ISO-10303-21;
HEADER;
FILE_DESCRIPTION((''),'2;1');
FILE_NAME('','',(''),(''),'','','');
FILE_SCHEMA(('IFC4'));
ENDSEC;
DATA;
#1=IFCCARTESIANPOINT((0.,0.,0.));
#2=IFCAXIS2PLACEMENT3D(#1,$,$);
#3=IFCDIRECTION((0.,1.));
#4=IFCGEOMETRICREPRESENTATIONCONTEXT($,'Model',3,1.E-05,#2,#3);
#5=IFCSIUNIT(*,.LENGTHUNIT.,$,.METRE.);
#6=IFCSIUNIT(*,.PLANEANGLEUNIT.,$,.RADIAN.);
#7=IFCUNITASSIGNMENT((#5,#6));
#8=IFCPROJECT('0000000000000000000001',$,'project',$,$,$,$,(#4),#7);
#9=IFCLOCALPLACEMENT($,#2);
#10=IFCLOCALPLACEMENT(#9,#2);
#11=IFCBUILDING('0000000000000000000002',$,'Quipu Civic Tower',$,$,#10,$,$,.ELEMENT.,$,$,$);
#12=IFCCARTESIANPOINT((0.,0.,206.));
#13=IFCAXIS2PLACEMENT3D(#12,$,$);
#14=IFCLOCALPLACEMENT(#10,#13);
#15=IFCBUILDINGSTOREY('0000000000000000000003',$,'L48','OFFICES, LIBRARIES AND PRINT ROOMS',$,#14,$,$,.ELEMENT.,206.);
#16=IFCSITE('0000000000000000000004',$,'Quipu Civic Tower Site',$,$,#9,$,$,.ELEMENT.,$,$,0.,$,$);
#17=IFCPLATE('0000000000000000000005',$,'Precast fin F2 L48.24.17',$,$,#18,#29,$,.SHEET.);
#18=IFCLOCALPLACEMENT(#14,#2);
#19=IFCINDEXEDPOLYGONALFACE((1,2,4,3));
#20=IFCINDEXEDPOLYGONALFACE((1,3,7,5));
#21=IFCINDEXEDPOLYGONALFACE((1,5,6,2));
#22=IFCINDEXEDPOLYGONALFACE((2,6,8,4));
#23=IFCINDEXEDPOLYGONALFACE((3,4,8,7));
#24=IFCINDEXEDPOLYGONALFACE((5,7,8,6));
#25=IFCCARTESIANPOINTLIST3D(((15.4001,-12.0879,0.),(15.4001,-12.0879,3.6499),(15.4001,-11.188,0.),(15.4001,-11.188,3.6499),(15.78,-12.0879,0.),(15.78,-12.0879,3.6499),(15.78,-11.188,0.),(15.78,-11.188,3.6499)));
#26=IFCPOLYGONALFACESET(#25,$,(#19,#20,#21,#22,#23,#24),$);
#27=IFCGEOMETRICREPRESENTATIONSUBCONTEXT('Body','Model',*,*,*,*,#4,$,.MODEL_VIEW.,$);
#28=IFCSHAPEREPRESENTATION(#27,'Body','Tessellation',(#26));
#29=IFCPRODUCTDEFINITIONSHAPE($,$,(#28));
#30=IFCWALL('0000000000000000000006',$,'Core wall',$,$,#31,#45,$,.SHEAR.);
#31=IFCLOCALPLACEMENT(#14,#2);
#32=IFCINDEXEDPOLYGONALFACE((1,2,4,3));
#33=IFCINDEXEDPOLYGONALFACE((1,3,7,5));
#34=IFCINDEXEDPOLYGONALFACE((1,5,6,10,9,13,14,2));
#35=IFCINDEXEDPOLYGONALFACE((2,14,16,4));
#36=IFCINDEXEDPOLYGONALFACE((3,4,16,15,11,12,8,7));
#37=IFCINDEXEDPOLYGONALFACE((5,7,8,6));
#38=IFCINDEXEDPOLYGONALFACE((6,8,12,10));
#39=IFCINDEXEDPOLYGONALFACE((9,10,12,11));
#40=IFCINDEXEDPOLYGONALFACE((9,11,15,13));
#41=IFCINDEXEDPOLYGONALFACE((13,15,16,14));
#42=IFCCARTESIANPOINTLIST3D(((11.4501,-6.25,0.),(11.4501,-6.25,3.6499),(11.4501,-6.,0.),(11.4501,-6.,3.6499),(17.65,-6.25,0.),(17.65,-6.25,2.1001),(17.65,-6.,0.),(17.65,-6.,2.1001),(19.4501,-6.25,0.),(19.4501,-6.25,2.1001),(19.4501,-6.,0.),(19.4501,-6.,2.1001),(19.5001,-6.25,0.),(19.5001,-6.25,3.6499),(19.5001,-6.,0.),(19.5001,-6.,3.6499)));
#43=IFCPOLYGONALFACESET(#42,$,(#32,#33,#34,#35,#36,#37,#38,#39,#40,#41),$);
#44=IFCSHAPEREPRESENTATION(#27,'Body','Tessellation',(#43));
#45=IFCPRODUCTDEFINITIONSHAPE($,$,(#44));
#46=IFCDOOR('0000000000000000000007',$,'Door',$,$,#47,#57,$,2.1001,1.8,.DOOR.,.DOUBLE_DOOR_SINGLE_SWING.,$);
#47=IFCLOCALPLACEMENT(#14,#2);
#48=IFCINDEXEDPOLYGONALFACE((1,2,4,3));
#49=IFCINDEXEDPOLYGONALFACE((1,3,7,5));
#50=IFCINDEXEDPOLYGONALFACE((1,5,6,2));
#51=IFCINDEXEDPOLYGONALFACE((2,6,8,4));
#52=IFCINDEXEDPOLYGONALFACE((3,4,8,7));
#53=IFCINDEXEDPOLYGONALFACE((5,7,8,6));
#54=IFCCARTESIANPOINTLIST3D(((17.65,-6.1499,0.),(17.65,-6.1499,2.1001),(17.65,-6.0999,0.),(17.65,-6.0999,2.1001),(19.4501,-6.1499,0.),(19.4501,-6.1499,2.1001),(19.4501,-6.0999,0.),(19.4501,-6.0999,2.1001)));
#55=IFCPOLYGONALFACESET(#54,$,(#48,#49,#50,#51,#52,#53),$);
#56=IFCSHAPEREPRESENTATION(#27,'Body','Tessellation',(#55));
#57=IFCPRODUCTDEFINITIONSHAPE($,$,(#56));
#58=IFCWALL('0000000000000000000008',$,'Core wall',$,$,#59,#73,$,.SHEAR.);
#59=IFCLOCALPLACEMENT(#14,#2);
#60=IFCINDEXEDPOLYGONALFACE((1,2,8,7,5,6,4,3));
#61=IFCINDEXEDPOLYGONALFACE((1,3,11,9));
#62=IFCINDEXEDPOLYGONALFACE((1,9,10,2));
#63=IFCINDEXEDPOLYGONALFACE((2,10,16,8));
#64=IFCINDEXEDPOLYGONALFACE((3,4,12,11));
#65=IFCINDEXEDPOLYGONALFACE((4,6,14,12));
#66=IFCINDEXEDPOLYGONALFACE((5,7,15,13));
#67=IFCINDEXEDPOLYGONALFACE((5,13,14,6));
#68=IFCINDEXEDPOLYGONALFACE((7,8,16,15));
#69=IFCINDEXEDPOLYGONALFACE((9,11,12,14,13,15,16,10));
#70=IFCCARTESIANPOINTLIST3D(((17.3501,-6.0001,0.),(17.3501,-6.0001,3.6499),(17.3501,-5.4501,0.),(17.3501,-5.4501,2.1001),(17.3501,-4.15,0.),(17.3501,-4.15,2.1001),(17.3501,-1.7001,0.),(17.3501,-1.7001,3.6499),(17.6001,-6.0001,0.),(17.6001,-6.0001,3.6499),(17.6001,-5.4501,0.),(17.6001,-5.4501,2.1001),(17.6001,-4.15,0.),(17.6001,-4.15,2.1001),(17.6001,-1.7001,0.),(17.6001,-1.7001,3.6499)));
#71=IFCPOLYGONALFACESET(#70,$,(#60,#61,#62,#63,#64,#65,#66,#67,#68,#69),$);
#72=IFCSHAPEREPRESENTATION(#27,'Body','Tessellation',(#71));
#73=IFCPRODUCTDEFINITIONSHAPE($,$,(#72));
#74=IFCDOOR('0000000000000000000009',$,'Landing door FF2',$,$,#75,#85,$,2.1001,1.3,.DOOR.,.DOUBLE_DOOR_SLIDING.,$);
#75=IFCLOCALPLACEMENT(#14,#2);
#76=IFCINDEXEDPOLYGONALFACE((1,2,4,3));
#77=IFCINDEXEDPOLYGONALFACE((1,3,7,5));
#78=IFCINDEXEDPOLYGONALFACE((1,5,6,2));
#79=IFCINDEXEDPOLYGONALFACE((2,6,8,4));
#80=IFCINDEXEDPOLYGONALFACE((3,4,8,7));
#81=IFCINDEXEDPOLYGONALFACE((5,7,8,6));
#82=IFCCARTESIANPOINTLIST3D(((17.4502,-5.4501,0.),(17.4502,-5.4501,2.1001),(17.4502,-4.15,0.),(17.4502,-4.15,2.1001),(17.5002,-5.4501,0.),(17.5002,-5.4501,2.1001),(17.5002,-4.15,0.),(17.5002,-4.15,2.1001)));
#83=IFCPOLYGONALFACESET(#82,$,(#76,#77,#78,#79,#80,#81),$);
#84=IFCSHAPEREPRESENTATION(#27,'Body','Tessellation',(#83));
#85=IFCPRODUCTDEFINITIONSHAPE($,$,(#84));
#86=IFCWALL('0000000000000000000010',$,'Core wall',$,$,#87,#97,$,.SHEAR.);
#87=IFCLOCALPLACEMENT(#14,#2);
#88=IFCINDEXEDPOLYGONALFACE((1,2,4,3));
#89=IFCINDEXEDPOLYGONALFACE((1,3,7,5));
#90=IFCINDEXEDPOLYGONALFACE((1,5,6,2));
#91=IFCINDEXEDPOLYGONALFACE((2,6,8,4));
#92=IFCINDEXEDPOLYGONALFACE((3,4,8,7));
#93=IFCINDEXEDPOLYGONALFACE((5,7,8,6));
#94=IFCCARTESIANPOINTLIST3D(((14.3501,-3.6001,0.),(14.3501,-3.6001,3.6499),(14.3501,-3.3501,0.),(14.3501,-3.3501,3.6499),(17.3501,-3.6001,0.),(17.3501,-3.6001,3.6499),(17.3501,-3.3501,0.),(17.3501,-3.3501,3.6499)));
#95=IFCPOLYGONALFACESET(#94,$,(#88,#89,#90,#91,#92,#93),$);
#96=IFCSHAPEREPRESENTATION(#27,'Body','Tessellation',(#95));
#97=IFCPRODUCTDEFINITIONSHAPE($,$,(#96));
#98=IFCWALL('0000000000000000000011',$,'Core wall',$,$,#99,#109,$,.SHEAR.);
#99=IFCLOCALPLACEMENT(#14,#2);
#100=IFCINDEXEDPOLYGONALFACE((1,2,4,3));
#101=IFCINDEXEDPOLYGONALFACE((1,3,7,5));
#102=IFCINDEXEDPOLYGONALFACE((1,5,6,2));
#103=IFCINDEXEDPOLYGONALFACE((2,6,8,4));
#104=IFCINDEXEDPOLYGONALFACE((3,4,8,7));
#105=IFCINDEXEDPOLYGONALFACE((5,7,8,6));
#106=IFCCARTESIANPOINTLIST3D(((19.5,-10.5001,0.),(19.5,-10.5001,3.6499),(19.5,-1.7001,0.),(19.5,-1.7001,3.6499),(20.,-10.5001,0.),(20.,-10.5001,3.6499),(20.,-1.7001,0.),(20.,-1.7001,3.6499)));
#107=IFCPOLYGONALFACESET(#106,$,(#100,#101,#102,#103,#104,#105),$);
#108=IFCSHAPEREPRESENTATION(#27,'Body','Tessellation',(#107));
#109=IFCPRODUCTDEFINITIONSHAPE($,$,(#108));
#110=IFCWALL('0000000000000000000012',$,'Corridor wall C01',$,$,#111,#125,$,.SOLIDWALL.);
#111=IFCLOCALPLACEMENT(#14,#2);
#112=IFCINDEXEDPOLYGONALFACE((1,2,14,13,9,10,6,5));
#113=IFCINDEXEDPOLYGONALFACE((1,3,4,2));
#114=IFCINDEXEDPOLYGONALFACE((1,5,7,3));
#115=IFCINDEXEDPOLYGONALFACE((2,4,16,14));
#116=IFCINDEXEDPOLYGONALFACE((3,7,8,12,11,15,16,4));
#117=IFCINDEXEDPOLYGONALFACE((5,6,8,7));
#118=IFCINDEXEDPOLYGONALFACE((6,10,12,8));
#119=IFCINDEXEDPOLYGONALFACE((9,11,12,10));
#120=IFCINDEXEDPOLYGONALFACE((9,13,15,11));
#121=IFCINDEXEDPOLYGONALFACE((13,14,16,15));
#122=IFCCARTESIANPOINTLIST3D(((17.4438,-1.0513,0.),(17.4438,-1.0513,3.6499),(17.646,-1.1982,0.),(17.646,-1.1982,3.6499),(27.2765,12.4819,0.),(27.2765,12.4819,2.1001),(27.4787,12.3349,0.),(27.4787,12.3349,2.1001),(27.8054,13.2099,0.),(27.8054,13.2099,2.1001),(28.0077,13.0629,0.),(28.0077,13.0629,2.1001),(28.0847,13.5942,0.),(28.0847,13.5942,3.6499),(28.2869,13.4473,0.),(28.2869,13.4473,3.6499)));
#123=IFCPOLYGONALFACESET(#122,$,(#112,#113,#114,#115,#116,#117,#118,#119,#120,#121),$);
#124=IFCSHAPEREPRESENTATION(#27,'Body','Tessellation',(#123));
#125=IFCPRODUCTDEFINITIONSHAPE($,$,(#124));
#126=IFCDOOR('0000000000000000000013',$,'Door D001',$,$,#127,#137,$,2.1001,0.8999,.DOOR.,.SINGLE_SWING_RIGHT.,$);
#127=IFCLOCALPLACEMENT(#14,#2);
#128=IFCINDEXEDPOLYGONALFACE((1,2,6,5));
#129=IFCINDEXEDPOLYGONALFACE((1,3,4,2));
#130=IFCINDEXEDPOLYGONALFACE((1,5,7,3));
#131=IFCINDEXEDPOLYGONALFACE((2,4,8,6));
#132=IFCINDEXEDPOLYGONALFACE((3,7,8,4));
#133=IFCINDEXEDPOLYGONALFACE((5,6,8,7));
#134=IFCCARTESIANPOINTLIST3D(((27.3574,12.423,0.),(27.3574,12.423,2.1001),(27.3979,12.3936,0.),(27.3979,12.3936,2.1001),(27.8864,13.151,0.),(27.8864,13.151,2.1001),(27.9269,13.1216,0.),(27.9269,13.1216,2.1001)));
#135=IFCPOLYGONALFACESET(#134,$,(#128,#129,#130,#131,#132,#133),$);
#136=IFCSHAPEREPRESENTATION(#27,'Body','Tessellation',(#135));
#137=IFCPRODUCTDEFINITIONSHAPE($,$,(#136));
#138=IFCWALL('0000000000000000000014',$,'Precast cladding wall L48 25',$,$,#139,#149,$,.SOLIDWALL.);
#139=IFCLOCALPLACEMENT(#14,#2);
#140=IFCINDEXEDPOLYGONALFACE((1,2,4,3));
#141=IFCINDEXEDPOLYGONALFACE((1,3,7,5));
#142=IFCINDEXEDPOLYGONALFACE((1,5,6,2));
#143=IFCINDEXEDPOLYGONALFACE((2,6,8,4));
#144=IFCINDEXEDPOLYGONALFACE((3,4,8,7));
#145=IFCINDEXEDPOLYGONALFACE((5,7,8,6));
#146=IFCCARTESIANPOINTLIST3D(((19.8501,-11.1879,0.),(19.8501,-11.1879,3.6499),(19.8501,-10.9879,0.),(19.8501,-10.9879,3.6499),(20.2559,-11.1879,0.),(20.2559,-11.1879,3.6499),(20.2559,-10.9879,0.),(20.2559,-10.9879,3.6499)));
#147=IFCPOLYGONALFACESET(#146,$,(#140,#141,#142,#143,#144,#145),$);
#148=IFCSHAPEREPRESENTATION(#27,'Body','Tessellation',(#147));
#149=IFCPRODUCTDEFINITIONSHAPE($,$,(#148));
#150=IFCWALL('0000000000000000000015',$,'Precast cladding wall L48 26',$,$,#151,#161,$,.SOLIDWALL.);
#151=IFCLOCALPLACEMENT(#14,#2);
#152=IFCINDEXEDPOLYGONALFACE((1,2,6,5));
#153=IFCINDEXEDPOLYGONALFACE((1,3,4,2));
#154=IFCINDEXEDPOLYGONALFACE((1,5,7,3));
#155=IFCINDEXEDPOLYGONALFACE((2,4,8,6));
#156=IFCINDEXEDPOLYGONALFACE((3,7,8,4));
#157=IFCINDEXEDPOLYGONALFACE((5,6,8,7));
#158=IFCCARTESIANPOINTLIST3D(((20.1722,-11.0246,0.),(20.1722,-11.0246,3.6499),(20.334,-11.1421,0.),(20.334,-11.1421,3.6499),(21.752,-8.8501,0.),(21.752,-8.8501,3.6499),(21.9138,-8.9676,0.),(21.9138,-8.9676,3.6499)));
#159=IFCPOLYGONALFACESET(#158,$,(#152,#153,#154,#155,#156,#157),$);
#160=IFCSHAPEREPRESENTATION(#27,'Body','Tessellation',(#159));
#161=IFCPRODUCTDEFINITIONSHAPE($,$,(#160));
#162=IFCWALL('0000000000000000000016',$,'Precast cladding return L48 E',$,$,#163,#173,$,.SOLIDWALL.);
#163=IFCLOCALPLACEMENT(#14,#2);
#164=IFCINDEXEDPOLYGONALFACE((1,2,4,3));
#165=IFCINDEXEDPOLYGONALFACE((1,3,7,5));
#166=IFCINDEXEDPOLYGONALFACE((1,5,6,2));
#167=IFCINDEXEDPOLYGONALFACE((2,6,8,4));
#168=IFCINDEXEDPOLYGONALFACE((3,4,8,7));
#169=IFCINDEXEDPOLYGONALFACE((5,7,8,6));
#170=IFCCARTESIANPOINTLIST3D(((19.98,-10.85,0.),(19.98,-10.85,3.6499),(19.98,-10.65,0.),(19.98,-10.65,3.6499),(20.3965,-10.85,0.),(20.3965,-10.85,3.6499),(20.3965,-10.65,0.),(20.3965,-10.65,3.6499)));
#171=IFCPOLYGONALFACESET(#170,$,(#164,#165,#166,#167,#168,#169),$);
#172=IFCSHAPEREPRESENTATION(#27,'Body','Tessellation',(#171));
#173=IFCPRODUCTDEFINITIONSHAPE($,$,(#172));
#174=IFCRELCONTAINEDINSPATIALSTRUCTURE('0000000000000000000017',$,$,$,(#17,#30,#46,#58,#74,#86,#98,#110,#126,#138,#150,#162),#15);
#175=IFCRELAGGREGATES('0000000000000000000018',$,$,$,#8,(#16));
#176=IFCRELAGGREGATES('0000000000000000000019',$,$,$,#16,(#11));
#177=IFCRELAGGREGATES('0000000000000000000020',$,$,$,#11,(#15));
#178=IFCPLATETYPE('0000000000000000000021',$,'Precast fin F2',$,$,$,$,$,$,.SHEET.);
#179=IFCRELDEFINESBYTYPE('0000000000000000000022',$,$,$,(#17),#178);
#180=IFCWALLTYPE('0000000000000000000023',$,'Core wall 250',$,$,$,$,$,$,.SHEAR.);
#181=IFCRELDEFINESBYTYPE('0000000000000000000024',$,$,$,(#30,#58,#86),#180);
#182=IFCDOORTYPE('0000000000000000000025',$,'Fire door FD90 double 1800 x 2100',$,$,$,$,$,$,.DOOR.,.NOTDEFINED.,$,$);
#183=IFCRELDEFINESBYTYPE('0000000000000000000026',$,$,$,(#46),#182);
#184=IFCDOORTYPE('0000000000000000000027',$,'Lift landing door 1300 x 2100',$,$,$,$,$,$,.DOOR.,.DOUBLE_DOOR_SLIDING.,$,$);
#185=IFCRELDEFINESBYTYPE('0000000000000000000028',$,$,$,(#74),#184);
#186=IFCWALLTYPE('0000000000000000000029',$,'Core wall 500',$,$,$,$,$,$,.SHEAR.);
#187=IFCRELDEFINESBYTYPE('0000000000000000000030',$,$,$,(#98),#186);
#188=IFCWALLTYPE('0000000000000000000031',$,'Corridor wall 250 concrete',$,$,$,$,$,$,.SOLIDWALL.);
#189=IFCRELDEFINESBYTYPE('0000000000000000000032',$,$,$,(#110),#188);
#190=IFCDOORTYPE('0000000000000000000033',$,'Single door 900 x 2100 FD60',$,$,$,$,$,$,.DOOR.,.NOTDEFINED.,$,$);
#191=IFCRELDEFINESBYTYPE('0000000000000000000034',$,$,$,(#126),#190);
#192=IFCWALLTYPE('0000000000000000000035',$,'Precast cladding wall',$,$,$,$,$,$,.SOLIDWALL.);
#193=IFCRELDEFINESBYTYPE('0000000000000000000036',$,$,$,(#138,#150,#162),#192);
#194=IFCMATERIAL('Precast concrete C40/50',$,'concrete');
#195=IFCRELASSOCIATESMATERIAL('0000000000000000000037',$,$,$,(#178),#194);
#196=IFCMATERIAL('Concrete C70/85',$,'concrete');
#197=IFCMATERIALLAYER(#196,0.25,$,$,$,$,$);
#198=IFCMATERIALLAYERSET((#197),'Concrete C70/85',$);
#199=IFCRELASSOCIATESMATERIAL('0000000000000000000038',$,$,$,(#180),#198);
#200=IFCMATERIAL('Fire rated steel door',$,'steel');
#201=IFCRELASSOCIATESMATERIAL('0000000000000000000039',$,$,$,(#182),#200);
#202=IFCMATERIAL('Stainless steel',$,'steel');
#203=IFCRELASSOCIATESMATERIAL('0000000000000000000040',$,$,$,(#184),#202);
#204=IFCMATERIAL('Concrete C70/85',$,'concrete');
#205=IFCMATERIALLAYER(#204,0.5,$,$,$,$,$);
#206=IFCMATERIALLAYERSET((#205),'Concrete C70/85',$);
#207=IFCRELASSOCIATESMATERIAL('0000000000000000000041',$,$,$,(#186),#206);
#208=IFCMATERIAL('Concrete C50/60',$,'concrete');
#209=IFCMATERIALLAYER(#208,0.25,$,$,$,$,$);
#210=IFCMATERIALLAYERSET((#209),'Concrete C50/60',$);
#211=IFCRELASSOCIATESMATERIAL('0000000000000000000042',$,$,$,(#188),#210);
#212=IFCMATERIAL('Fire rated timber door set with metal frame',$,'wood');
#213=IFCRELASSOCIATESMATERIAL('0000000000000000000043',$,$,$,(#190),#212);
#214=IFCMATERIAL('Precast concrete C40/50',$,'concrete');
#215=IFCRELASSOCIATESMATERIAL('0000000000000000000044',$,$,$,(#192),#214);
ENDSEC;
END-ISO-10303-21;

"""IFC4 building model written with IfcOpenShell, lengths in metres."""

from ifc_helpers import new_model, si_unit, direction, frame, frame_2d, origin, origin_2d, place, context, subcontext, project, spatial, rectangle, extrude, material, layer, layer_set, type_object, element, fill, save


model = new_model("IFC4")

# Units and contexts
model_context = context("Model", 3, precision=1e-05, world=origin(), true_north=direction((0.0, 1.0)))
body_context = subcontext(model_context, "Body", "Model", "MODEL_VIEW")
ifc_project = project(units=[si_unit("LENGTHUNIT", "METRE"), si_unit("PLANEANGLEUNIT", "RADIAN")], contexts=[model_context])

# Site, building, storey
site_placement = place(None, origin())
site = spatial("IfcSite", under=ifc_project, at=site_placement, Name="Quipu Civic Tower Site", CompositionType="ELEMENT", RefElevation=0.0)
building_placement = place(site_placement, origin())
building = spatial("IfcBuilding", under=site, at=building_placement, Name="Quipu Civic Tower", CompositionType="ELEMENT")
storey_placement = place(building_placement, frame((0.0, 0.0, 206.0)))
storey = spatial("IfcBuildingStorey", under=building, at=storey_placement, Name="L48", Description="OFFICES, LIBRARIES AND PRINT ROOMS", CompositionType="ELEMENT", Elevation=206.0)

# Plate
ifc_material_1 = material(Name="Precast concrete C40/50", Category="concrete")
plate_type = type_object("IfcPlateType", Name="Precast fin F2", PredefinedType="SHEET", material=ifc_material_1)
plate_placement = place(storey_placement, frame((15.5901, -11.6379, 0.0), z_axis=(0.0, 0.0, 1.0), x_axis=(1.0, 0.0, 0.0)))
element("IfcPlate", 1, at=plate_placement, inside=storey, type_object=plate_type, Name="Precast fin F2 L48.24.17", PredefinedType="SHEET", context=body_context, shape_type="SweptSolid", body=[
    extrude(rectangle(XDim=0.3799, YDim=0.8999, at=origin_2d()), origin(), (0.0, 0.0, 1.0), 3.6499),
])

# Walls, openings, doors
ifc_material_2 = material(Name="Concrete C70/85", Category="concrete")
ifc_layer_1 = layer(ifc_material_2, 0.25)
ifc_layer_set_1 = layer_set([ifc_layer_1], Name="Concrete C70/85")
wall_type_1 = type_object("IfcWallType", Name="Core wall 250", PredefinedType="SHEAR", material=ifc_layer_set_1)
wall_1_placement = place(storey_placement, frame((19.5, -6.125, 0.0), z_axis=(0.0, 0.0, 1.0), x_axis=(-1.0, 0.0, 0.0)))
wall_1 = element("IfcWall", 2, at=wall_1_placement, inside=storey, type_object=wall_type_1, Name="Core wall", PredefinedType="SHEAR", context=body_context, shape_type="SweptSolid", body=[
    extrude(rectangle(XDim=8.05, YDim=0.25, at=frame_2d((4.0249, 0.0))), origin(), (0.0, 0.0, 1.0), 3.6499),
])
opening_1_placement = place(wall_1_placement, frame((0.05, 0.0, 0.0)))
opening_1 = element("IfcOpeningElement", 3, at=opening_1_placement, cuts=wall_1, PredefinedType="OPENING", context=body_context, shape_type="SweptSolid", body=[
    extrude(rectangle(XDim=1.8, YDim=2.1001, at=frame_2d((0.8999, 1.05))), frame((0.0, 0.135, 0.0), z_axis=(0.0, -1.0, 0.0), x_axis=(1.0, 0.0, 0.0)), (0.0, 0.0, 1.0), 0.27),
])
ifc_material_3 = material(Name="Fire rated steel door", Category="steel")
door_type_1 = type_object("IfcDoorType", Name="Fire door FD90 double 1800 x 2100", OperationType="NOTDEFINED", PredefinedType="DOOR", material=ifc_material_3)
door_1_placement = place(opening_1_placement, origin())
door_1 = element("IfcDoor", 4, at=door_1_placement, inside=storey, type_object=door_type_1, Name="Door", OperationType="DOUBLE_DOOR_SINGLE_SWING", OverallHeight=2.1001, OverallWidth=1.8, PredefinedType="DOOR", context=body_context, shape_type="SweptSolid", body=[
    extrude(rectangle(XDim=1.8, YDim=2.1001, at=frame_2d((0.8999, 1.05))), frame((0.0, 0.0249, 0.0), z_axis=(0.0, -1.0, 0.0), x_axis=(1.0, 0.0, 0.0)), (0.0, 0.0, 1.0), 0.05),
])
fill(opening_1, door_1)
wall_2_placement = place(storey_placement, frame((17.4751, -6.0, 0.0), z_axis=(0.0, 0.0, 1.0), x_axis=(0.0, 1.0, 0.0)))
wall_2 = element("IfcWall", 5, at=wall_2_placement, inside=storey, type_object=wall_type_1, Name="Core wall", PredefinedType="SHEAR", context=body_context, shape_type="SweptSolid", body=[
    extrude(rectangle(XDim=4.3, YDim=0.25, at=frame_2d((2.1499, 0.0))), origin(), (0.0, 0.0, 1.0), 3.6499),
])
opening_2_placement = place(wall_2_placement, frame((0.55, 0.0, 0.0)))
opening_2 = element("IfcOpeningElement", 6, at=opening_2_placement, cuts=wall_2, PredefinedType="OPENING", context=body_context, shape_type="SweptSolid", body=[
    extrude(rectangle(XDim=1.3, YDim=2.1001, at=frame_2d((0.6499, 1.05))), frame((0.0, 0.135, 0.0), z_axis=(0.0, -1.0, 0.0), x_axis=(1.0, 0.0, 0.0)), (0.0, 0.0, 1.0), 0.27),
])
ifc_material_4 = material(Name="Stainless steel", Category="steel")
door_type_2 = type_object("IfcDoorType", Name="Lift landing door 1300 x 2100", OperationType="DOUBLE_DOOR_SLIDING", PredefinedType="DOOR", material=ifc_material_4)
door_2_placement = place(opening_2_placement, origin())
door_2 = element("IfcDoor", 7, at=door_2_placement, inside=storey, type_object=door_type_2, Name="Landing door FF2", OperationType="DOUBLE_DOOR_SLIDING", OverallHeight=2.1001, OverallWidth=1.3, PredefinedType="DOOR", context=body_context, shape_type="SweptSolid", body=[
    extrude(rectangle(XDim=1.3, YDim=2.1001, at=frame_2d((0.6499, 1.05))), frame((0.0, 0.0249, 0.0), z_axis=(0.0, -1.0, 0.0), x_axis=(1.0, 0.0, 0.0)), (0.0, 0.0, 1.0), 0.05),
])
fill(opening_2, door_2)

# Walls
wall_3_placement = place(storey_placement, frame((14.3501, -3.4751, 0.0), z_axis=(0.0, 0.0, 1.0), x_axis=(1.0, 0.0, 0.0)))
element("IfcWall", 8, at=wall_3_placement, inside=storey, type_object=wall_type_1, Name="Core wall", PredefinedType="SHEAR", context=body_context, shape_type="SweptSolid", body=[
    extrude(rectangle(XDim=3.0, YDim=0.25, at=frame_2d((1.5, 0.0))), origin(), (0.0, 0.0, 1.0), 3.6499),
])
ifc_material_5 = material(Name="Concrete C70/85", Category="concrete")
ifc_layer_2 = layer(ifc_material_5, 0.5)
ifc_layer_set_2 = layer_set([ifc_layer_2], Name="Concrete C70/85")
wall_type_2 = type_object("IfcWallType", Name="Core wall 500", PredefinedType="SHEAR", material=ifc_layer_set_2)
wall_4_placement = place(storey_placement, frame((19.75, -10.5, 0.0), z_axis=(0.0, 0.0, 1.0), x_axis=(0.0, 1.0, 0.0)))
element("IfcWall", 9, at=wall_4_placement, inside=storey, type_object=wall_type_2, Name="Core wall", PredefinedType="SHEAR", context=body_context, shape_type="SweptSolid", body=[
    extrude(rectangle(XDim=8.8, YDim=0.5, at=frame_2d((4.3999, 0.0))), origin(), (0.0, 0.0, 1.0), 3.6499),
])

# Wall, opening, door
ifc_material_6 = material(Name="Concrete C50/60", Category="concrete")
ifc_layer_3 = layer(ifc_material_6, 0.25)
ifc_layer_set_3 = layer_set([ifc_layer_3], Name="Concrete C50/60")
wall_type_3 = type_object("IfcWallType", Name="Corridor wall 250 concrete", PredefinedType="SOLIDWALL", material=ifc_layer_set_3)
wall_5_placement = place(storey_placement, frame((17.5449, -1.1248, 0.0), z_axis=(0.0, 0.0, 1.0), x_axis=(0.587796, 0.80901, 0.0)))
wall_5 = element("IfcWall", 10, at=wall_5_placement, inside=storey, type_object=wall_type_3, Name="Corridor wall C01", PredefinedType="SOLIDWALL", context=body_context, shape_type="SweptSolid", body=[
    extrude(rectangle(XDim=18.103, YDim=0.25, at=frame_2d((9.0515, 0.0))), origin(), (0.0, 0.0, 1.0), 3.6499),
])
opening_3_placement = place(wall_5_placement, frame((16.728, 0.0, 0.0)))
opening_3 = element("IfcOpeningElement", 11, at=opening_3_placement, cuts=wall_5, PredefinedType="OPENING", context=body_context, shape_type="SweptSolid", body=[
    extrude(rectangle(XDim=0.8999, YDim=2.1001, at=frame_2d((0.45, 1.05))), frame((0.0, 0.135, 0.0), z_axis=(0.0, -1.0, 0.0), x_axis=(1.0, 0.0, 0.0)), (0.0, 0.0, 1.0), 0.27),
])
ifc_material_7 = material(Name="Fire rated timber door set with metal frame", Category="wood")
door_type_3 = type_object("IfcDoorType", Name="Single door 900 x 2100 FD60", OperationType="NOTDEFINED", PredefinedType="DOOR", material=ifc_material_7)
door_3_placement = place(opening_3_placement, origin())
door_3 = element("IfcDoor", 12, at=door_3_placement, inside=storey, type_object=door_type_3, Name="Door D001", OperationType="SINGLE_SWING_RIGHT", OverallHeight=2.1001, OverallWidth=0.8999, PredefinedType="DOOR", context=body_context, shape_type="SweptSolid", body=[
    extrude(rectangle(XDim=0.8999, YDim=2.1001, at=frame_2d((0.45, 1.05))), frame((0.0, 0.0249, 0.0), z_axis=(0.0, -1.0, 0.0), x_axis=(1.0, 0.0, 0.0)), (0.0, 0.0, 1.0), 0.05),
])
fill(opening_3, door_3)

# Walls
ifc_material_8 = material(Name="Precast concrete C40/50", Category="concrete")
wall_type_4 = type_object("IfcWallType", Name="Precast cladding wall", PredefinedType="SOLIDWALL", material=ifc_material_8)
wall_6_placement = place(storey_placement, frame((19.8501, -11.0879, 0.0), z_axis=(0.0, 0.0, 1.0), x_axis=(1.0, 0.0, 0.0)))
element("IfcWall", 13, at=wall_6_placement, inside=storey, type_object=wall_type_4, Name="Precast cladding wall L48 25", PredefinedType="SOLIDWALL", context=body_context, shape_type="SweptSolid", body=[
    extrude(rectangle(XDim=0.4058, YDim=0.2, at=frame_2d((0.2029, 0.0))), origin(), (0.0, 0.0, 1.0), 3.6499),
])
wall_7_placement = place(storey_placement, frame((20.2532, -11.0833, 0.0), z_axis=(0.0, 0.0, 1.0), x_axis=(0.587767, 0.809031, 0.0)))
element("IfcWall", 14, at=wall_7_placement, inside=storey, type_object=wall_type_4, Name="Precast cladding wall L48 26", PredefinedType="SOLIDWALL", context=body_context, shape_type="SweptSolid", body=[
    extrude(rectangle(XDim=2.6877, YDim=0.2, at=frame_2d((1.3438, 0.0))), origin(), (0.0, 0.0, 1.0), 3.6499),
])
wall_8_placement = place(storey_placement, frame((19.98, -10.75, 0.0), z_axis=(0.0, 0.0, 1.0), x_axis=(1.0, 0.0, 0.0)))
element("IfcWall", 15, at=wall_8_placement, inside=storey, type_object=wall_type_4, Name="Precast cladding return L48 E", PredefinedType="SOLIDWALL", context=body_context, shape_type="SweptSolid", body=[
    extrude(rectangle(XDim=0.4165, YDim=0.2, at=frame_2d((0.2083, 0.0))), origin(), (0.0, 0.0, 1.0), 3.6499),
])

save(model, "model.ifc")
